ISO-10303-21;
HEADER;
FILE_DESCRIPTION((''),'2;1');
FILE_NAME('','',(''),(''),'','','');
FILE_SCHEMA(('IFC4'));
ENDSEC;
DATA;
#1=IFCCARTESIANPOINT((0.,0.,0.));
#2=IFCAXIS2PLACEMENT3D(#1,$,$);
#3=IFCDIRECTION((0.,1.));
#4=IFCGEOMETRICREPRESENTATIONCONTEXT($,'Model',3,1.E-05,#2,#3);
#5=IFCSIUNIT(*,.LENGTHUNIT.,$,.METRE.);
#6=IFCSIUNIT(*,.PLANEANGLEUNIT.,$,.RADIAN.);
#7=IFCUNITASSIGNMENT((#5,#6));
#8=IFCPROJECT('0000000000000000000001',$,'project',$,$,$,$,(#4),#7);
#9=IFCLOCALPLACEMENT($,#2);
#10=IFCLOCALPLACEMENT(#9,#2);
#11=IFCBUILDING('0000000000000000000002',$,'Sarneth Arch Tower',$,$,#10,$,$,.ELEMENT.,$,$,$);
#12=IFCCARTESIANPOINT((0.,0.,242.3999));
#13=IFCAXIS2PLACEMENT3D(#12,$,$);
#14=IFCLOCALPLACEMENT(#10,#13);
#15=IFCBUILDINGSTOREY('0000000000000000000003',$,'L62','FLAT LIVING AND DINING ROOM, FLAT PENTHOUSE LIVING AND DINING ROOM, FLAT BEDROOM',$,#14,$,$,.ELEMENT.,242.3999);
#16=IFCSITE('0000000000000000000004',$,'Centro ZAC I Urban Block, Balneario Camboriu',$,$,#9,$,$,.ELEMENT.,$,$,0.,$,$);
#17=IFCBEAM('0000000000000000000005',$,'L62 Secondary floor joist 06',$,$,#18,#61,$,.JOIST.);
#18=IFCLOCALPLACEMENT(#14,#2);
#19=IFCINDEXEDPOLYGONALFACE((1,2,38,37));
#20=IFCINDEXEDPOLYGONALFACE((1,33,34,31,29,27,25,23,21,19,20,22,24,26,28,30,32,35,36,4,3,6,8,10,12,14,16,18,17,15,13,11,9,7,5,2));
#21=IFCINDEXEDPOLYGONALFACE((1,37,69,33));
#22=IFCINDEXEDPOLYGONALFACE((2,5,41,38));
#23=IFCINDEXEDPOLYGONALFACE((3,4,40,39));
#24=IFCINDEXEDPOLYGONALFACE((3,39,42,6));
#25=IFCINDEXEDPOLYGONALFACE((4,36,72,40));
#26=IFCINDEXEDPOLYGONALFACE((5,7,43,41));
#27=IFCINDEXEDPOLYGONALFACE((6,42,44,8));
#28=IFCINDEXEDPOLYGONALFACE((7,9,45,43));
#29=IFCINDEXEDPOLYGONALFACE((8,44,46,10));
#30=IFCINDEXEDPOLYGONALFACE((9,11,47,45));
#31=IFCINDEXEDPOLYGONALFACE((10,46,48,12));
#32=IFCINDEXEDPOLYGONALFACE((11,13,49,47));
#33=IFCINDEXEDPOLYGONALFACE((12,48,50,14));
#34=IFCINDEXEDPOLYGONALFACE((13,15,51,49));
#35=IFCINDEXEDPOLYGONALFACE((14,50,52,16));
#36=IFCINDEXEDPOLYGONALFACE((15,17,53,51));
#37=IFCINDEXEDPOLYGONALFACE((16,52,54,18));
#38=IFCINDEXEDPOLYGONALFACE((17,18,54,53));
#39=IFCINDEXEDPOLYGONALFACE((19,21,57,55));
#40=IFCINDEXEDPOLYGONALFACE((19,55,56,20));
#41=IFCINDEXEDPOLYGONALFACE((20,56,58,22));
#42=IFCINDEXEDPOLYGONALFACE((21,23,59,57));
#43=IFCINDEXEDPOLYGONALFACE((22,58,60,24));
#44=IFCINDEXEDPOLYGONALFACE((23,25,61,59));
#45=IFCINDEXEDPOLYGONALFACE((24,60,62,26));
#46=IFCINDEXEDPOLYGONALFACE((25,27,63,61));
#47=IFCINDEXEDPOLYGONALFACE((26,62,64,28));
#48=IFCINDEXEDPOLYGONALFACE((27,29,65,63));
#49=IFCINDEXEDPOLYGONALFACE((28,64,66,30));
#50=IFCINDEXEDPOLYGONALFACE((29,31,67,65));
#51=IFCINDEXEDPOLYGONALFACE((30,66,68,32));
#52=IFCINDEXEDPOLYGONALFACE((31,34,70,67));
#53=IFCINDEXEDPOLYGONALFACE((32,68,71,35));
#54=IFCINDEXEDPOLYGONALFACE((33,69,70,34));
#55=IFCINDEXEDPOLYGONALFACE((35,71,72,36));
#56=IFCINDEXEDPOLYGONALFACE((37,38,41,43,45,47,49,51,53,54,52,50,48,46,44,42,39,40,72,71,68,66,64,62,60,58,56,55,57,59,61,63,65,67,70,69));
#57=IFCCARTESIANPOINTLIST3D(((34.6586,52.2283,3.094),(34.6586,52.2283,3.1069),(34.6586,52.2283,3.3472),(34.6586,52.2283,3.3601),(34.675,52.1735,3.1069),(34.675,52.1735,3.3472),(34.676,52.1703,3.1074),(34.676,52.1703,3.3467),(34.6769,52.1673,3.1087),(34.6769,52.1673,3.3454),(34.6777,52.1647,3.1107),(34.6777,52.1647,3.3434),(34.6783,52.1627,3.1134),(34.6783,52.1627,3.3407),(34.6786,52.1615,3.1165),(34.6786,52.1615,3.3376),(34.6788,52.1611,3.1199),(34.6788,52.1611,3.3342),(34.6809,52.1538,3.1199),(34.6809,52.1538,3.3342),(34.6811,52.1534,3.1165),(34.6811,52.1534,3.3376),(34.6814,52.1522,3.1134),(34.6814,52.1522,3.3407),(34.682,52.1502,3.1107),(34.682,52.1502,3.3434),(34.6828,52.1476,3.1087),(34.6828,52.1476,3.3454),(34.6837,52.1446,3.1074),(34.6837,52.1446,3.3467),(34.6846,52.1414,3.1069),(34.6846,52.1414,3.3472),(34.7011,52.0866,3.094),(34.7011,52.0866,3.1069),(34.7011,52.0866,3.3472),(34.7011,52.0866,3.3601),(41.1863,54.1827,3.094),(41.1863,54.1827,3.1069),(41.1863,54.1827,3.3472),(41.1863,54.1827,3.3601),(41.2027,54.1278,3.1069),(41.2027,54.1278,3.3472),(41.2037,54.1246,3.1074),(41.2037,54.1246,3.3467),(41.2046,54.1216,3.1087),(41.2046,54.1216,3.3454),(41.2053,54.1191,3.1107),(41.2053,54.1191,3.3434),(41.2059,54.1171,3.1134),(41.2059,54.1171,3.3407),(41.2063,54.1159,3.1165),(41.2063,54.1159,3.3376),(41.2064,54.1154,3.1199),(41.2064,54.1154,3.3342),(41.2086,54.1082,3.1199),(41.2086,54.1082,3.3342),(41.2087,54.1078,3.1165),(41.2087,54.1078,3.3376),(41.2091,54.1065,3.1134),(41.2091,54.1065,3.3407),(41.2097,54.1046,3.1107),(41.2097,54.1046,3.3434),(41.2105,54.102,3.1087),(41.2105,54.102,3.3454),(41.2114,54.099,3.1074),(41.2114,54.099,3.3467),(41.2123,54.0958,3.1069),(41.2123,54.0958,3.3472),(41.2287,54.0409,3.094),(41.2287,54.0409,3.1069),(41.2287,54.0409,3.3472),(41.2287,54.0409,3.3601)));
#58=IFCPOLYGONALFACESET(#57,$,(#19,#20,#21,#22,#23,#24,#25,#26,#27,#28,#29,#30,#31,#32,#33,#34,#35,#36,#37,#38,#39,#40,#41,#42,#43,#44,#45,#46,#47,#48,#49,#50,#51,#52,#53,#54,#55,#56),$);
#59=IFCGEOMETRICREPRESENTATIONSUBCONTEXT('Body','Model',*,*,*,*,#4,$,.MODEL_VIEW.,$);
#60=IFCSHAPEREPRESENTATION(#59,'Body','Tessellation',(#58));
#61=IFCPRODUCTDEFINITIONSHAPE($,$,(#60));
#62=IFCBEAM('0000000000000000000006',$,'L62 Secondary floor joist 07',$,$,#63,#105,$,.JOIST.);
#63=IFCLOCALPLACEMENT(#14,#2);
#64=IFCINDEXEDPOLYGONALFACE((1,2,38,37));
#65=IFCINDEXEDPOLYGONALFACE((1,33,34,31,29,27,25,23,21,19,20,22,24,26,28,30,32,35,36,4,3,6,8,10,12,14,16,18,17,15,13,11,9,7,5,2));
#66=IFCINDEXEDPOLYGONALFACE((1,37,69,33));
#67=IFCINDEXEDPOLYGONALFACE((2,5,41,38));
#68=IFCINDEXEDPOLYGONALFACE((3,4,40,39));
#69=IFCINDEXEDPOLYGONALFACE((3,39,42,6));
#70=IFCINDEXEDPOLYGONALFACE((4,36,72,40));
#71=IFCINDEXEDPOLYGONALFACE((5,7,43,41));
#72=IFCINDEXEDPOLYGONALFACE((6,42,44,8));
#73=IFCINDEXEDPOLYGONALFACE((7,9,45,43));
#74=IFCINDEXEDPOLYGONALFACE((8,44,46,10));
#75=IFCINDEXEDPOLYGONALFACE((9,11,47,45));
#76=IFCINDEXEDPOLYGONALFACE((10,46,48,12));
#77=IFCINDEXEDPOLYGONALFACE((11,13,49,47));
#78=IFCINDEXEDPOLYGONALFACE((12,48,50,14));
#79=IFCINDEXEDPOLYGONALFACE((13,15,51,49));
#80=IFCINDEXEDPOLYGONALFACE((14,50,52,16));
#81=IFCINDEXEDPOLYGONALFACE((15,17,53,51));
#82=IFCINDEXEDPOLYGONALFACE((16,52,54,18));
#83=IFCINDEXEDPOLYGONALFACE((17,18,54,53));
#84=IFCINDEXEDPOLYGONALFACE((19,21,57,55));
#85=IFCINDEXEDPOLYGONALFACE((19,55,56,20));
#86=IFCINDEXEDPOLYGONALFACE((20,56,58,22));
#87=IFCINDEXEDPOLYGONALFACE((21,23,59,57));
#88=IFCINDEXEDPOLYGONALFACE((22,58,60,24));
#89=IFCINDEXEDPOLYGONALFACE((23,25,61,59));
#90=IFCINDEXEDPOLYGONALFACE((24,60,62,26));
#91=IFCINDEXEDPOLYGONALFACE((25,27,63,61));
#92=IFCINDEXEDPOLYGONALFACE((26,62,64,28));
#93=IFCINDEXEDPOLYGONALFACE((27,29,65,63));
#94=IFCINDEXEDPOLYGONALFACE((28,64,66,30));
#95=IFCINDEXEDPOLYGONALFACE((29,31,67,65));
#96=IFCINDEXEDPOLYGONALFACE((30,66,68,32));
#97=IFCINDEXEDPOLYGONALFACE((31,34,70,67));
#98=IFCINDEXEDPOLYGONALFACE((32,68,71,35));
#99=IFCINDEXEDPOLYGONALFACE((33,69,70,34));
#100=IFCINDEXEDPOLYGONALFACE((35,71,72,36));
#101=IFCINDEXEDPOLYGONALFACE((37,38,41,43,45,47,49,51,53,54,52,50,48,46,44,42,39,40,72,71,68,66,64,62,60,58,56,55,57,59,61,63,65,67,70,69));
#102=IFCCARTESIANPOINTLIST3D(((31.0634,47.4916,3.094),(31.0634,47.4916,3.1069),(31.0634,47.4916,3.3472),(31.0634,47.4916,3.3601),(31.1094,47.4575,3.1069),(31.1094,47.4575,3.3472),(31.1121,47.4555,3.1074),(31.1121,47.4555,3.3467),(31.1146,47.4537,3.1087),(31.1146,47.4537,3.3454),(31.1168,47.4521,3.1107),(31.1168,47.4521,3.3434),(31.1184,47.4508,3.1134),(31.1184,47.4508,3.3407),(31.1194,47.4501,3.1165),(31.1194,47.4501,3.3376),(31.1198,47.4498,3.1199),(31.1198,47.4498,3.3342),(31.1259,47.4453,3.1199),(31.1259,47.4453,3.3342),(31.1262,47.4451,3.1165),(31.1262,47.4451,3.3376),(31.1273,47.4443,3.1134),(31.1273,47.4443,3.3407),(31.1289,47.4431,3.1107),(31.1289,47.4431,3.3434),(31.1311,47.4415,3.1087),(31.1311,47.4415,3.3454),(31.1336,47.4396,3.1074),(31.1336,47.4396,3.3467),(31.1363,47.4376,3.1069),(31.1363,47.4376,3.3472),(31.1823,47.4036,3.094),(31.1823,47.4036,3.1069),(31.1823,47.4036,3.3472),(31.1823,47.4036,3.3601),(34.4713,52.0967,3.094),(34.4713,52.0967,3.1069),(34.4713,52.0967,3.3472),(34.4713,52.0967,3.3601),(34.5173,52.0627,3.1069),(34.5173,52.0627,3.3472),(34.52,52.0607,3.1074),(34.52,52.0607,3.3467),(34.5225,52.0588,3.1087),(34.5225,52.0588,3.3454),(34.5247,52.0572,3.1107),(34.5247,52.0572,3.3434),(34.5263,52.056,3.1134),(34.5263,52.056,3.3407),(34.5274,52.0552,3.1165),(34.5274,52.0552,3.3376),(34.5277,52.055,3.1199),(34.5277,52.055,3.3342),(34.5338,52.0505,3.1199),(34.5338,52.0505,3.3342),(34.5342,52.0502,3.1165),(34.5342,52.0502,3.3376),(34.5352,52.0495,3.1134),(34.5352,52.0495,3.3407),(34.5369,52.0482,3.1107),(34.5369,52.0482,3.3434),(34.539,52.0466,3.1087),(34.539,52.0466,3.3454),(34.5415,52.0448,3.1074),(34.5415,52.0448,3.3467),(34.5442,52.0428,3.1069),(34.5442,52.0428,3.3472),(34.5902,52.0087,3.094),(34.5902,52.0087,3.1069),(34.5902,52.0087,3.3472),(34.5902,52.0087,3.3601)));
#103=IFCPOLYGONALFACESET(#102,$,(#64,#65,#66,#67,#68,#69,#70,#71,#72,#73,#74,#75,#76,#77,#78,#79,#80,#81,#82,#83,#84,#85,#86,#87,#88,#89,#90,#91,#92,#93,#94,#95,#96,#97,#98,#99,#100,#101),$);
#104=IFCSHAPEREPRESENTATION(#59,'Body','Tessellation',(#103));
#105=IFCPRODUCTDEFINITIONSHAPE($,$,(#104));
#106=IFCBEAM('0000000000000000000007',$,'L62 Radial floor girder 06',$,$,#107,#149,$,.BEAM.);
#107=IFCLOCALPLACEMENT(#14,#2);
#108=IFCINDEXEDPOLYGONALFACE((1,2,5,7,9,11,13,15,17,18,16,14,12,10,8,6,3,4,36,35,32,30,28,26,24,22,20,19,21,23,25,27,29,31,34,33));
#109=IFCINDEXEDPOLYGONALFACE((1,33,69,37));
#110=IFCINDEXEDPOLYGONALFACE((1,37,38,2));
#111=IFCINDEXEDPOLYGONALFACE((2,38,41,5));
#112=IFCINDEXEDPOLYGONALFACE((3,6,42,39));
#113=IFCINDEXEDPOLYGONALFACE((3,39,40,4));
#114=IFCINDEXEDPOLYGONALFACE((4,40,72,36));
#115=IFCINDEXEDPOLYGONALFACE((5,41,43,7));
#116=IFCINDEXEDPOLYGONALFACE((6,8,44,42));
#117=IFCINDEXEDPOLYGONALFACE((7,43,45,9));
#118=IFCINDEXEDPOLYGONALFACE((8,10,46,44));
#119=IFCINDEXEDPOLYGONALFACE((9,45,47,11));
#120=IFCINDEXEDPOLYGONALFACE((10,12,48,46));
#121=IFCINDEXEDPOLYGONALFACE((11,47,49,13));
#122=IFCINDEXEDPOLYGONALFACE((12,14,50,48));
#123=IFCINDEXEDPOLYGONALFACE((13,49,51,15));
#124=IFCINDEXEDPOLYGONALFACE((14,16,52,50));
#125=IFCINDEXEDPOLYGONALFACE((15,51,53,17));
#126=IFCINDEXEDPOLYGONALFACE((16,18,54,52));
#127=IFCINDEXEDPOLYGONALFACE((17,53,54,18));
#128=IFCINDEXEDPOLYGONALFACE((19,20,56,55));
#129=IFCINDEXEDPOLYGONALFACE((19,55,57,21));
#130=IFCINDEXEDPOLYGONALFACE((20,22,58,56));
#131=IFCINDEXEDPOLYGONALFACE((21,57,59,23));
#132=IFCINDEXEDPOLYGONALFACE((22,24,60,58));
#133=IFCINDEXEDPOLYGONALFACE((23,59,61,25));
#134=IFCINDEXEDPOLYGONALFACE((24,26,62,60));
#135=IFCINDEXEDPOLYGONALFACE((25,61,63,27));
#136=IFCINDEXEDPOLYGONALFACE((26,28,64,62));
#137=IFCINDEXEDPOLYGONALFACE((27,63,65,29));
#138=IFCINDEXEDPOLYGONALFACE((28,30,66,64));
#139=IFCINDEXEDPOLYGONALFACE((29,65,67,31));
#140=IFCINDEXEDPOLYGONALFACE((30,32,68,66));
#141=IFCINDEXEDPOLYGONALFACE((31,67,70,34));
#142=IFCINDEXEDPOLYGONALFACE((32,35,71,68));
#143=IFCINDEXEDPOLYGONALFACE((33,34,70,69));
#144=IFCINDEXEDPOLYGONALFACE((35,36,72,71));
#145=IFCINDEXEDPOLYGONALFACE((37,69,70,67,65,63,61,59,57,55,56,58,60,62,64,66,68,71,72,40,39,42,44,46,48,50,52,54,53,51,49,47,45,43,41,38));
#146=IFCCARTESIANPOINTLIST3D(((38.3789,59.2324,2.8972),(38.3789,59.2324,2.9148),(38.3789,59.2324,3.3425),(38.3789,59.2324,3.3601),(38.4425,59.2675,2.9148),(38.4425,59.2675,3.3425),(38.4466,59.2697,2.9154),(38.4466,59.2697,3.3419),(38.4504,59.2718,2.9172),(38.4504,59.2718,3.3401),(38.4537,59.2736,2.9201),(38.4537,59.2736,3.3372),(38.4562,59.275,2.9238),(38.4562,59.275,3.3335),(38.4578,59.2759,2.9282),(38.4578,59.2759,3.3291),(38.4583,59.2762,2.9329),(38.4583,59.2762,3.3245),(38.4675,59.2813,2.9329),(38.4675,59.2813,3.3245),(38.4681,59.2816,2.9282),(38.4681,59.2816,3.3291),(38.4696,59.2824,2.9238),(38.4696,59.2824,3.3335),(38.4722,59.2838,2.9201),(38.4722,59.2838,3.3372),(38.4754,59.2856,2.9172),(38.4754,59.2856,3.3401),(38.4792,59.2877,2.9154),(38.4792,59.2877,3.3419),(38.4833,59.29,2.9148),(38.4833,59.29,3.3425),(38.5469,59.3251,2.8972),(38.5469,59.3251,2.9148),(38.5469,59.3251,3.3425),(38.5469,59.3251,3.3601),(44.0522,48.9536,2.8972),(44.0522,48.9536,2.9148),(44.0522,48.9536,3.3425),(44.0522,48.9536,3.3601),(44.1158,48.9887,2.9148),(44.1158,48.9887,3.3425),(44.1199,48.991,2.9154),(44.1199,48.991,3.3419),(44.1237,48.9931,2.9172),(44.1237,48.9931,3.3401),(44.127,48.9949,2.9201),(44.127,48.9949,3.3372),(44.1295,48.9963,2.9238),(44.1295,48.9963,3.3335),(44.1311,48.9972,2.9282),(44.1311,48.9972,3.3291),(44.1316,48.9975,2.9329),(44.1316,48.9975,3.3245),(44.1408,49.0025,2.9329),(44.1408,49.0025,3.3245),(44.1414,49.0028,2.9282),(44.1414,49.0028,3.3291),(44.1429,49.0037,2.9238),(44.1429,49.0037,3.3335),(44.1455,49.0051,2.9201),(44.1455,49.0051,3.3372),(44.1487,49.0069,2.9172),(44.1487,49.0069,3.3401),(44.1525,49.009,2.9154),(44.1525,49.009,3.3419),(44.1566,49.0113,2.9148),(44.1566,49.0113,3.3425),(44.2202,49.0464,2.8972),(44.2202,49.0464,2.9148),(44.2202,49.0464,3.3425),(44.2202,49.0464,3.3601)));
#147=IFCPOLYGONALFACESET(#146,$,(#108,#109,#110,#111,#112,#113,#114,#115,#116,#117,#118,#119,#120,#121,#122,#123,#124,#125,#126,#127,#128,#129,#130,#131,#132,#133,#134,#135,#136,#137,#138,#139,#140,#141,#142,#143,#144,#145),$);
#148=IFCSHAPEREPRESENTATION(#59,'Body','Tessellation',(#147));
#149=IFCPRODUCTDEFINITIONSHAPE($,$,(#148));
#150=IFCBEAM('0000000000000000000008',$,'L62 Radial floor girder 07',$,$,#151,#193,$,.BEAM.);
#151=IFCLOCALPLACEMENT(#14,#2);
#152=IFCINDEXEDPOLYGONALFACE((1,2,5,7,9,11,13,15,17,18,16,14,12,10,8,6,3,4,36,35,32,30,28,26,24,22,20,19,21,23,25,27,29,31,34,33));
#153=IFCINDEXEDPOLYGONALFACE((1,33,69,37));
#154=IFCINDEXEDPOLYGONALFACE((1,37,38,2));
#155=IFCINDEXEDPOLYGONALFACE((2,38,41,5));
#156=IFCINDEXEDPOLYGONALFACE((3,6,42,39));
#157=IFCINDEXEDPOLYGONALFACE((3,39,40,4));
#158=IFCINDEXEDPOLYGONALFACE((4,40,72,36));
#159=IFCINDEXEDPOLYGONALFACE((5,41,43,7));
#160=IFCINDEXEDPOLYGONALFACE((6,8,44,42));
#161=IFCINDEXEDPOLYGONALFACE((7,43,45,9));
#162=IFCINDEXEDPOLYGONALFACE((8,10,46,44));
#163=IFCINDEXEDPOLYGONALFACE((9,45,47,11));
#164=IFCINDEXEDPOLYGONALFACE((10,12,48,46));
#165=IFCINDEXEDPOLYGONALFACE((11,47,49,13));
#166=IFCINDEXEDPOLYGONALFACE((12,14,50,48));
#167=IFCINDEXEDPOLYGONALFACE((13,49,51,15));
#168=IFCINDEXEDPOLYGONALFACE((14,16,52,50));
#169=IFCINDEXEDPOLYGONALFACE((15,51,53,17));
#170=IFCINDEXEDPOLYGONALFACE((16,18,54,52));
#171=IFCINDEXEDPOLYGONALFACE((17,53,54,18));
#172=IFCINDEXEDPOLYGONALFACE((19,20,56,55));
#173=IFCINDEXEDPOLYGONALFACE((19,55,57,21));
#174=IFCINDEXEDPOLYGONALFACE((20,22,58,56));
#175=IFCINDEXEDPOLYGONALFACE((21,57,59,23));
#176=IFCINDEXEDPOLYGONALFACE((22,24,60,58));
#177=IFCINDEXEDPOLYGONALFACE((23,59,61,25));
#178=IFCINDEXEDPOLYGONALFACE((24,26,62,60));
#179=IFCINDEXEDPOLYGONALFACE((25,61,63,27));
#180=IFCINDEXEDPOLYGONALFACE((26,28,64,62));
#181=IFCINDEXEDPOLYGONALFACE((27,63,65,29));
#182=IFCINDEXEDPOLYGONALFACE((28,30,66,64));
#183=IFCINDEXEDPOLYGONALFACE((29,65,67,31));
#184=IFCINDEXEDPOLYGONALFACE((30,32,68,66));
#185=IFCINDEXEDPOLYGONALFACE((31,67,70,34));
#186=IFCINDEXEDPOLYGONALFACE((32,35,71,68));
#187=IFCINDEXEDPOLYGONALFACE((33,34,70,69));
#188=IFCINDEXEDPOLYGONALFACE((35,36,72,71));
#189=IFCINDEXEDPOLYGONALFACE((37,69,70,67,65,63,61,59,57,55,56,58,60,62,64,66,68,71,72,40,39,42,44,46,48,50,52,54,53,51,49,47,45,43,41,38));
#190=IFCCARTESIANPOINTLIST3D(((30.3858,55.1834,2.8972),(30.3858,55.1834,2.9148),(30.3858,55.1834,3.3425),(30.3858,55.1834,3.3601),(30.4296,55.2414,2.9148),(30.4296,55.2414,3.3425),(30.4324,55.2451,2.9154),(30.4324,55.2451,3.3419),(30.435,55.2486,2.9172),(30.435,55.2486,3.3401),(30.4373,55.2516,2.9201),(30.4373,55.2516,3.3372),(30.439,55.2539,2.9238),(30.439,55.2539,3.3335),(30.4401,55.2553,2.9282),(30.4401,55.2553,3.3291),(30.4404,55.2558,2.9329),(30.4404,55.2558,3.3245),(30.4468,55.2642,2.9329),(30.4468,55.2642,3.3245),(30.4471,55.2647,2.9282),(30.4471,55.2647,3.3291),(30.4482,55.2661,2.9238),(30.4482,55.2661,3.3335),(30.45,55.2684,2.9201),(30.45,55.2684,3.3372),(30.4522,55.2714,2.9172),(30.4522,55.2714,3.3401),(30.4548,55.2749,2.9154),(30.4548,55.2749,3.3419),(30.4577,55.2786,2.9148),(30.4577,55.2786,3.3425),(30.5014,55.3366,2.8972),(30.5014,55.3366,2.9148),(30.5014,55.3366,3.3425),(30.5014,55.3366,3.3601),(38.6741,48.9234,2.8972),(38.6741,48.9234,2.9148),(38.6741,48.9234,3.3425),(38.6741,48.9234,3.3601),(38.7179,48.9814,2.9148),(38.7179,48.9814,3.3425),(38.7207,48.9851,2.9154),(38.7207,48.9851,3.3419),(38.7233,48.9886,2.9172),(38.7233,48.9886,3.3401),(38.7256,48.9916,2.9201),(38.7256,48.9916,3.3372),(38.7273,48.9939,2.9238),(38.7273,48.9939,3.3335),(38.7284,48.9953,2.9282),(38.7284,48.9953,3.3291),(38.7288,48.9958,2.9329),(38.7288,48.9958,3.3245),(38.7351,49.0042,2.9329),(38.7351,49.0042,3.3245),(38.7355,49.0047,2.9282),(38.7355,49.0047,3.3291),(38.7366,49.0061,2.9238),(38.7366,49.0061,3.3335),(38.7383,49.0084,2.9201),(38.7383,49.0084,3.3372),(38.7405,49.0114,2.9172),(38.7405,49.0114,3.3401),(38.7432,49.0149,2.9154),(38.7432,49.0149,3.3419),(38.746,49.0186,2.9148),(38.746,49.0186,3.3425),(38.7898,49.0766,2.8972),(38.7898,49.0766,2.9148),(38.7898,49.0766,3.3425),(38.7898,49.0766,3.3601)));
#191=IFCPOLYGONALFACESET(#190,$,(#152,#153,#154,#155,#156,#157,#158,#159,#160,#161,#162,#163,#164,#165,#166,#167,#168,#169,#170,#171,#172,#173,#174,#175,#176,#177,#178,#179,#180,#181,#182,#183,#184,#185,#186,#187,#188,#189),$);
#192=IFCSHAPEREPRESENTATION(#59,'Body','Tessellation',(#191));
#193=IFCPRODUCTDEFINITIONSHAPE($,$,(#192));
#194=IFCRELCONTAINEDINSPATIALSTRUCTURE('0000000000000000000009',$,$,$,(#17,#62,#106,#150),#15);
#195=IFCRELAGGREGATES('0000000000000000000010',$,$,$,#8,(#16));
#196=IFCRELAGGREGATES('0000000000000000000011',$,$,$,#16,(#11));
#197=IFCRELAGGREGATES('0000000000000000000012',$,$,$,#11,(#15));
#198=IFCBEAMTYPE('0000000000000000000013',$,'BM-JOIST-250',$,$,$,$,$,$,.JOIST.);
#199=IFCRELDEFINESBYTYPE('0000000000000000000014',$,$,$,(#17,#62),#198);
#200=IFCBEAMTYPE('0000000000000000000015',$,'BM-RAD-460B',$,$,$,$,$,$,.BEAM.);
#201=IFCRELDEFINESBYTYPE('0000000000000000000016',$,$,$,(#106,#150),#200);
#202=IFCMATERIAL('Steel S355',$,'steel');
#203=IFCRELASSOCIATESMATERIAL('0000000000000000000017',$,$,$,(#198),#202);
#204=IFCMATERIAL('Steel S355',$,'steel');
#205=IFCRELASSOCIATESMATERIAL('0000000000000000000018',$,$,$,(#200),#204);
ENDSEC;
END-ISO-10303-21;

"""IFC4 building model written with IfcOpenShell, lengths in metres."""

from ifc_helpers import new_model, si_unit, direction, frame, origin, origin_2d, place, context, subcontext, project, spatial, i_section, extrude, material, material_profile, profile_set, type_object, element, save


model = new_model("IFC4")

# Units and contexts
model_context = context("Model", 3, precision=1e-05, world=origin(), true_north=direction((0.0, 1.0)))
body_context = subcontext(model_context, "Body", "Model", "MODEL_VIEW")
ifc_project = project(units=[si_unit("LENGTHUNIT", "METRE"), si_unit("PLANEANGLEUNIT", "RADIAN")], contexts=[model_context])

# Site, building, storey
site_placement = place(None, origin())
site = spatial("IfcSite", under=ifc_project, at=site_placement, Name="Centro ZAC I Urban Block, Balneario Camboriu", CompositionType="ELEMENT", RefElevation=0.0)
building_placement = place(site_placement, origin())
building = spatial("IfcBuilding", under=site, at=building_placement, Name="Sarneth Arch Tower", CompositionType="ELEMENT")
storey_placement = place(building_placement, frame((0.0, 0.0, 242.3999)))
storey = spatial("IfcBuildingStorey", under=building, at=storey_placement, Name="L62", Description="FLAT LIVING AND DINING ROOM, FLAT PENTHOUSE LIVING AND DINING ROOM, FLAT BEDROOM", CompositionType="ELEMENT", Elevation=242.3999)

# Beams
ifc_material_1 = material(Name="Steel S355", Category="steel")
ifc_material_profile_1 = material_profile(ifc_material_1, i_section(OverallWidth=0.1479, OverallDepth=0.2661, WebThickness=0.0076, FlangeThickness=0.0129, FilletRadius=0.0129, at=origin_2d()), Name="W250x44.8")
ifc_profile_set_1 = profile_set([ifc_material_profile_1], Name="Steel S355")
beam_type_1 = type_object("IfcBeamType", Name="BM-JOIST-250", PredefinedType="JOIST", material=ifc_profile_set_1)
beam_1_placement = place(storey_placement, frame((41.2075, 54.1118, 3.2271), z_axis=(-0.957985, -0.286819, 0.0), x_axis=(0.286819, -0.957985, 0.0)))
element("IfcBeam", 1, at=beam_1_placement, inside=storey, type_object=beam_type_1, Name="L62 Secondary floor joist 06", PredefinedType="JOIST", context=body_context, shape_type="SweptSolid", body=[
    extrude(i_section(OverallWidth=0.1479, OverallDepth=0.2661, WebThickness=0.0076, FlangeThickness=0.0129, FilletRadius=0.0129, at=origin_2d()), origin(), (0.0, 0.0, 1.0), 6.814),
])
beam_2_placement = place(storey_placement, frame((34.5308, 52.0527, 3.2271), z_axis=(-0.594853, -0.803834, 0.0), x_axis=(0.803834, -0.594853, 0.0)))
element("IfcBeam", 2, at=beam_2_placement, inside=storey, type_object=beam_type_1, Name="L62 Secondary floor joist 07", PredefinedType="JOIST", context=body_context, shape_type="SweptSolid", body=[
    extrude(i_section(OverallWidth=0.1479, OverallDepth=0.2661, WebThickness=0.0076, FlangeThickness=0.0129, FilletRadius=0.0129, at=origin_2d()), origin(), (0.0, 0.0, 1.0), 5.729),
])
ifc_material_2 = material(Name="Steel S355", Category="steel")
ifc_material_profile_2 = material_profile(ifc_material_2, i_section(OverallWidth=0.1919, OverallDepth=0.4629, WebThickness=0.0105, FlangeThickness=0.0176, FilletRadius=0.0181, at=origin_2d()), Name="W460x89")
ifc_profile_set_2 = profile_set([ifc_material_profile_2], Name="Steel S355")
beam_type_2 = type_object("IfcBeamType", Name="BM-RAD-460B", PredefinedType="BEAM", material=ifc_profile_set_2)
beam_3_placement = place(storey_placement, frame((44.1362, 49.0, 3.1287), z_axis=(-0.483226, 0.875496, 0.0), x_axis=(-0.875496, -0.483226, 0.0)))
element("IfcBeam", 3, at=beam_3_placement, inside=storey, type_object=beam_type_2, Name="L62 Radial floor girder 06", PredefinedType="BEAM", context=body_context, shape_type="SweptSolid", body=[
    extrude(i_section(OverallWidth=0.1919, OverallDepth=0.4629, WebThickness=0.0105, FlangeThickness=0.0176, FilletRadius=0.0181, at=origin_2d()), origin(), (0.0, 0.0, 1.0), 11.7405),
])
beam_4_placement = place(storey_placement, frame((38.7319, 49.0, 3.1287), z_axis=(-0.797973, 0.602693, 0.0), x_axis=(-0.602693, -0.797973, 0.0)))
element("IfcBeam", 4, at=beam_4_placement, inside=storey, type_object=beam_type_2, Name="L62 Radial floor girder 07", PredefinedType="BEAM", context=body_context, shape_type="SweptSolid", body=[
    extrude(i_section(OverallWidth=0.1919, OverallDepth=0.4629, WebThickness=0.0105, FlangeThickness=0.0176, FilletRadius=0.0181, at=origin_2d()), origin(), (0.0, 0.0, 1.0), 10.3867),
])

save(model, "model.ifc")
